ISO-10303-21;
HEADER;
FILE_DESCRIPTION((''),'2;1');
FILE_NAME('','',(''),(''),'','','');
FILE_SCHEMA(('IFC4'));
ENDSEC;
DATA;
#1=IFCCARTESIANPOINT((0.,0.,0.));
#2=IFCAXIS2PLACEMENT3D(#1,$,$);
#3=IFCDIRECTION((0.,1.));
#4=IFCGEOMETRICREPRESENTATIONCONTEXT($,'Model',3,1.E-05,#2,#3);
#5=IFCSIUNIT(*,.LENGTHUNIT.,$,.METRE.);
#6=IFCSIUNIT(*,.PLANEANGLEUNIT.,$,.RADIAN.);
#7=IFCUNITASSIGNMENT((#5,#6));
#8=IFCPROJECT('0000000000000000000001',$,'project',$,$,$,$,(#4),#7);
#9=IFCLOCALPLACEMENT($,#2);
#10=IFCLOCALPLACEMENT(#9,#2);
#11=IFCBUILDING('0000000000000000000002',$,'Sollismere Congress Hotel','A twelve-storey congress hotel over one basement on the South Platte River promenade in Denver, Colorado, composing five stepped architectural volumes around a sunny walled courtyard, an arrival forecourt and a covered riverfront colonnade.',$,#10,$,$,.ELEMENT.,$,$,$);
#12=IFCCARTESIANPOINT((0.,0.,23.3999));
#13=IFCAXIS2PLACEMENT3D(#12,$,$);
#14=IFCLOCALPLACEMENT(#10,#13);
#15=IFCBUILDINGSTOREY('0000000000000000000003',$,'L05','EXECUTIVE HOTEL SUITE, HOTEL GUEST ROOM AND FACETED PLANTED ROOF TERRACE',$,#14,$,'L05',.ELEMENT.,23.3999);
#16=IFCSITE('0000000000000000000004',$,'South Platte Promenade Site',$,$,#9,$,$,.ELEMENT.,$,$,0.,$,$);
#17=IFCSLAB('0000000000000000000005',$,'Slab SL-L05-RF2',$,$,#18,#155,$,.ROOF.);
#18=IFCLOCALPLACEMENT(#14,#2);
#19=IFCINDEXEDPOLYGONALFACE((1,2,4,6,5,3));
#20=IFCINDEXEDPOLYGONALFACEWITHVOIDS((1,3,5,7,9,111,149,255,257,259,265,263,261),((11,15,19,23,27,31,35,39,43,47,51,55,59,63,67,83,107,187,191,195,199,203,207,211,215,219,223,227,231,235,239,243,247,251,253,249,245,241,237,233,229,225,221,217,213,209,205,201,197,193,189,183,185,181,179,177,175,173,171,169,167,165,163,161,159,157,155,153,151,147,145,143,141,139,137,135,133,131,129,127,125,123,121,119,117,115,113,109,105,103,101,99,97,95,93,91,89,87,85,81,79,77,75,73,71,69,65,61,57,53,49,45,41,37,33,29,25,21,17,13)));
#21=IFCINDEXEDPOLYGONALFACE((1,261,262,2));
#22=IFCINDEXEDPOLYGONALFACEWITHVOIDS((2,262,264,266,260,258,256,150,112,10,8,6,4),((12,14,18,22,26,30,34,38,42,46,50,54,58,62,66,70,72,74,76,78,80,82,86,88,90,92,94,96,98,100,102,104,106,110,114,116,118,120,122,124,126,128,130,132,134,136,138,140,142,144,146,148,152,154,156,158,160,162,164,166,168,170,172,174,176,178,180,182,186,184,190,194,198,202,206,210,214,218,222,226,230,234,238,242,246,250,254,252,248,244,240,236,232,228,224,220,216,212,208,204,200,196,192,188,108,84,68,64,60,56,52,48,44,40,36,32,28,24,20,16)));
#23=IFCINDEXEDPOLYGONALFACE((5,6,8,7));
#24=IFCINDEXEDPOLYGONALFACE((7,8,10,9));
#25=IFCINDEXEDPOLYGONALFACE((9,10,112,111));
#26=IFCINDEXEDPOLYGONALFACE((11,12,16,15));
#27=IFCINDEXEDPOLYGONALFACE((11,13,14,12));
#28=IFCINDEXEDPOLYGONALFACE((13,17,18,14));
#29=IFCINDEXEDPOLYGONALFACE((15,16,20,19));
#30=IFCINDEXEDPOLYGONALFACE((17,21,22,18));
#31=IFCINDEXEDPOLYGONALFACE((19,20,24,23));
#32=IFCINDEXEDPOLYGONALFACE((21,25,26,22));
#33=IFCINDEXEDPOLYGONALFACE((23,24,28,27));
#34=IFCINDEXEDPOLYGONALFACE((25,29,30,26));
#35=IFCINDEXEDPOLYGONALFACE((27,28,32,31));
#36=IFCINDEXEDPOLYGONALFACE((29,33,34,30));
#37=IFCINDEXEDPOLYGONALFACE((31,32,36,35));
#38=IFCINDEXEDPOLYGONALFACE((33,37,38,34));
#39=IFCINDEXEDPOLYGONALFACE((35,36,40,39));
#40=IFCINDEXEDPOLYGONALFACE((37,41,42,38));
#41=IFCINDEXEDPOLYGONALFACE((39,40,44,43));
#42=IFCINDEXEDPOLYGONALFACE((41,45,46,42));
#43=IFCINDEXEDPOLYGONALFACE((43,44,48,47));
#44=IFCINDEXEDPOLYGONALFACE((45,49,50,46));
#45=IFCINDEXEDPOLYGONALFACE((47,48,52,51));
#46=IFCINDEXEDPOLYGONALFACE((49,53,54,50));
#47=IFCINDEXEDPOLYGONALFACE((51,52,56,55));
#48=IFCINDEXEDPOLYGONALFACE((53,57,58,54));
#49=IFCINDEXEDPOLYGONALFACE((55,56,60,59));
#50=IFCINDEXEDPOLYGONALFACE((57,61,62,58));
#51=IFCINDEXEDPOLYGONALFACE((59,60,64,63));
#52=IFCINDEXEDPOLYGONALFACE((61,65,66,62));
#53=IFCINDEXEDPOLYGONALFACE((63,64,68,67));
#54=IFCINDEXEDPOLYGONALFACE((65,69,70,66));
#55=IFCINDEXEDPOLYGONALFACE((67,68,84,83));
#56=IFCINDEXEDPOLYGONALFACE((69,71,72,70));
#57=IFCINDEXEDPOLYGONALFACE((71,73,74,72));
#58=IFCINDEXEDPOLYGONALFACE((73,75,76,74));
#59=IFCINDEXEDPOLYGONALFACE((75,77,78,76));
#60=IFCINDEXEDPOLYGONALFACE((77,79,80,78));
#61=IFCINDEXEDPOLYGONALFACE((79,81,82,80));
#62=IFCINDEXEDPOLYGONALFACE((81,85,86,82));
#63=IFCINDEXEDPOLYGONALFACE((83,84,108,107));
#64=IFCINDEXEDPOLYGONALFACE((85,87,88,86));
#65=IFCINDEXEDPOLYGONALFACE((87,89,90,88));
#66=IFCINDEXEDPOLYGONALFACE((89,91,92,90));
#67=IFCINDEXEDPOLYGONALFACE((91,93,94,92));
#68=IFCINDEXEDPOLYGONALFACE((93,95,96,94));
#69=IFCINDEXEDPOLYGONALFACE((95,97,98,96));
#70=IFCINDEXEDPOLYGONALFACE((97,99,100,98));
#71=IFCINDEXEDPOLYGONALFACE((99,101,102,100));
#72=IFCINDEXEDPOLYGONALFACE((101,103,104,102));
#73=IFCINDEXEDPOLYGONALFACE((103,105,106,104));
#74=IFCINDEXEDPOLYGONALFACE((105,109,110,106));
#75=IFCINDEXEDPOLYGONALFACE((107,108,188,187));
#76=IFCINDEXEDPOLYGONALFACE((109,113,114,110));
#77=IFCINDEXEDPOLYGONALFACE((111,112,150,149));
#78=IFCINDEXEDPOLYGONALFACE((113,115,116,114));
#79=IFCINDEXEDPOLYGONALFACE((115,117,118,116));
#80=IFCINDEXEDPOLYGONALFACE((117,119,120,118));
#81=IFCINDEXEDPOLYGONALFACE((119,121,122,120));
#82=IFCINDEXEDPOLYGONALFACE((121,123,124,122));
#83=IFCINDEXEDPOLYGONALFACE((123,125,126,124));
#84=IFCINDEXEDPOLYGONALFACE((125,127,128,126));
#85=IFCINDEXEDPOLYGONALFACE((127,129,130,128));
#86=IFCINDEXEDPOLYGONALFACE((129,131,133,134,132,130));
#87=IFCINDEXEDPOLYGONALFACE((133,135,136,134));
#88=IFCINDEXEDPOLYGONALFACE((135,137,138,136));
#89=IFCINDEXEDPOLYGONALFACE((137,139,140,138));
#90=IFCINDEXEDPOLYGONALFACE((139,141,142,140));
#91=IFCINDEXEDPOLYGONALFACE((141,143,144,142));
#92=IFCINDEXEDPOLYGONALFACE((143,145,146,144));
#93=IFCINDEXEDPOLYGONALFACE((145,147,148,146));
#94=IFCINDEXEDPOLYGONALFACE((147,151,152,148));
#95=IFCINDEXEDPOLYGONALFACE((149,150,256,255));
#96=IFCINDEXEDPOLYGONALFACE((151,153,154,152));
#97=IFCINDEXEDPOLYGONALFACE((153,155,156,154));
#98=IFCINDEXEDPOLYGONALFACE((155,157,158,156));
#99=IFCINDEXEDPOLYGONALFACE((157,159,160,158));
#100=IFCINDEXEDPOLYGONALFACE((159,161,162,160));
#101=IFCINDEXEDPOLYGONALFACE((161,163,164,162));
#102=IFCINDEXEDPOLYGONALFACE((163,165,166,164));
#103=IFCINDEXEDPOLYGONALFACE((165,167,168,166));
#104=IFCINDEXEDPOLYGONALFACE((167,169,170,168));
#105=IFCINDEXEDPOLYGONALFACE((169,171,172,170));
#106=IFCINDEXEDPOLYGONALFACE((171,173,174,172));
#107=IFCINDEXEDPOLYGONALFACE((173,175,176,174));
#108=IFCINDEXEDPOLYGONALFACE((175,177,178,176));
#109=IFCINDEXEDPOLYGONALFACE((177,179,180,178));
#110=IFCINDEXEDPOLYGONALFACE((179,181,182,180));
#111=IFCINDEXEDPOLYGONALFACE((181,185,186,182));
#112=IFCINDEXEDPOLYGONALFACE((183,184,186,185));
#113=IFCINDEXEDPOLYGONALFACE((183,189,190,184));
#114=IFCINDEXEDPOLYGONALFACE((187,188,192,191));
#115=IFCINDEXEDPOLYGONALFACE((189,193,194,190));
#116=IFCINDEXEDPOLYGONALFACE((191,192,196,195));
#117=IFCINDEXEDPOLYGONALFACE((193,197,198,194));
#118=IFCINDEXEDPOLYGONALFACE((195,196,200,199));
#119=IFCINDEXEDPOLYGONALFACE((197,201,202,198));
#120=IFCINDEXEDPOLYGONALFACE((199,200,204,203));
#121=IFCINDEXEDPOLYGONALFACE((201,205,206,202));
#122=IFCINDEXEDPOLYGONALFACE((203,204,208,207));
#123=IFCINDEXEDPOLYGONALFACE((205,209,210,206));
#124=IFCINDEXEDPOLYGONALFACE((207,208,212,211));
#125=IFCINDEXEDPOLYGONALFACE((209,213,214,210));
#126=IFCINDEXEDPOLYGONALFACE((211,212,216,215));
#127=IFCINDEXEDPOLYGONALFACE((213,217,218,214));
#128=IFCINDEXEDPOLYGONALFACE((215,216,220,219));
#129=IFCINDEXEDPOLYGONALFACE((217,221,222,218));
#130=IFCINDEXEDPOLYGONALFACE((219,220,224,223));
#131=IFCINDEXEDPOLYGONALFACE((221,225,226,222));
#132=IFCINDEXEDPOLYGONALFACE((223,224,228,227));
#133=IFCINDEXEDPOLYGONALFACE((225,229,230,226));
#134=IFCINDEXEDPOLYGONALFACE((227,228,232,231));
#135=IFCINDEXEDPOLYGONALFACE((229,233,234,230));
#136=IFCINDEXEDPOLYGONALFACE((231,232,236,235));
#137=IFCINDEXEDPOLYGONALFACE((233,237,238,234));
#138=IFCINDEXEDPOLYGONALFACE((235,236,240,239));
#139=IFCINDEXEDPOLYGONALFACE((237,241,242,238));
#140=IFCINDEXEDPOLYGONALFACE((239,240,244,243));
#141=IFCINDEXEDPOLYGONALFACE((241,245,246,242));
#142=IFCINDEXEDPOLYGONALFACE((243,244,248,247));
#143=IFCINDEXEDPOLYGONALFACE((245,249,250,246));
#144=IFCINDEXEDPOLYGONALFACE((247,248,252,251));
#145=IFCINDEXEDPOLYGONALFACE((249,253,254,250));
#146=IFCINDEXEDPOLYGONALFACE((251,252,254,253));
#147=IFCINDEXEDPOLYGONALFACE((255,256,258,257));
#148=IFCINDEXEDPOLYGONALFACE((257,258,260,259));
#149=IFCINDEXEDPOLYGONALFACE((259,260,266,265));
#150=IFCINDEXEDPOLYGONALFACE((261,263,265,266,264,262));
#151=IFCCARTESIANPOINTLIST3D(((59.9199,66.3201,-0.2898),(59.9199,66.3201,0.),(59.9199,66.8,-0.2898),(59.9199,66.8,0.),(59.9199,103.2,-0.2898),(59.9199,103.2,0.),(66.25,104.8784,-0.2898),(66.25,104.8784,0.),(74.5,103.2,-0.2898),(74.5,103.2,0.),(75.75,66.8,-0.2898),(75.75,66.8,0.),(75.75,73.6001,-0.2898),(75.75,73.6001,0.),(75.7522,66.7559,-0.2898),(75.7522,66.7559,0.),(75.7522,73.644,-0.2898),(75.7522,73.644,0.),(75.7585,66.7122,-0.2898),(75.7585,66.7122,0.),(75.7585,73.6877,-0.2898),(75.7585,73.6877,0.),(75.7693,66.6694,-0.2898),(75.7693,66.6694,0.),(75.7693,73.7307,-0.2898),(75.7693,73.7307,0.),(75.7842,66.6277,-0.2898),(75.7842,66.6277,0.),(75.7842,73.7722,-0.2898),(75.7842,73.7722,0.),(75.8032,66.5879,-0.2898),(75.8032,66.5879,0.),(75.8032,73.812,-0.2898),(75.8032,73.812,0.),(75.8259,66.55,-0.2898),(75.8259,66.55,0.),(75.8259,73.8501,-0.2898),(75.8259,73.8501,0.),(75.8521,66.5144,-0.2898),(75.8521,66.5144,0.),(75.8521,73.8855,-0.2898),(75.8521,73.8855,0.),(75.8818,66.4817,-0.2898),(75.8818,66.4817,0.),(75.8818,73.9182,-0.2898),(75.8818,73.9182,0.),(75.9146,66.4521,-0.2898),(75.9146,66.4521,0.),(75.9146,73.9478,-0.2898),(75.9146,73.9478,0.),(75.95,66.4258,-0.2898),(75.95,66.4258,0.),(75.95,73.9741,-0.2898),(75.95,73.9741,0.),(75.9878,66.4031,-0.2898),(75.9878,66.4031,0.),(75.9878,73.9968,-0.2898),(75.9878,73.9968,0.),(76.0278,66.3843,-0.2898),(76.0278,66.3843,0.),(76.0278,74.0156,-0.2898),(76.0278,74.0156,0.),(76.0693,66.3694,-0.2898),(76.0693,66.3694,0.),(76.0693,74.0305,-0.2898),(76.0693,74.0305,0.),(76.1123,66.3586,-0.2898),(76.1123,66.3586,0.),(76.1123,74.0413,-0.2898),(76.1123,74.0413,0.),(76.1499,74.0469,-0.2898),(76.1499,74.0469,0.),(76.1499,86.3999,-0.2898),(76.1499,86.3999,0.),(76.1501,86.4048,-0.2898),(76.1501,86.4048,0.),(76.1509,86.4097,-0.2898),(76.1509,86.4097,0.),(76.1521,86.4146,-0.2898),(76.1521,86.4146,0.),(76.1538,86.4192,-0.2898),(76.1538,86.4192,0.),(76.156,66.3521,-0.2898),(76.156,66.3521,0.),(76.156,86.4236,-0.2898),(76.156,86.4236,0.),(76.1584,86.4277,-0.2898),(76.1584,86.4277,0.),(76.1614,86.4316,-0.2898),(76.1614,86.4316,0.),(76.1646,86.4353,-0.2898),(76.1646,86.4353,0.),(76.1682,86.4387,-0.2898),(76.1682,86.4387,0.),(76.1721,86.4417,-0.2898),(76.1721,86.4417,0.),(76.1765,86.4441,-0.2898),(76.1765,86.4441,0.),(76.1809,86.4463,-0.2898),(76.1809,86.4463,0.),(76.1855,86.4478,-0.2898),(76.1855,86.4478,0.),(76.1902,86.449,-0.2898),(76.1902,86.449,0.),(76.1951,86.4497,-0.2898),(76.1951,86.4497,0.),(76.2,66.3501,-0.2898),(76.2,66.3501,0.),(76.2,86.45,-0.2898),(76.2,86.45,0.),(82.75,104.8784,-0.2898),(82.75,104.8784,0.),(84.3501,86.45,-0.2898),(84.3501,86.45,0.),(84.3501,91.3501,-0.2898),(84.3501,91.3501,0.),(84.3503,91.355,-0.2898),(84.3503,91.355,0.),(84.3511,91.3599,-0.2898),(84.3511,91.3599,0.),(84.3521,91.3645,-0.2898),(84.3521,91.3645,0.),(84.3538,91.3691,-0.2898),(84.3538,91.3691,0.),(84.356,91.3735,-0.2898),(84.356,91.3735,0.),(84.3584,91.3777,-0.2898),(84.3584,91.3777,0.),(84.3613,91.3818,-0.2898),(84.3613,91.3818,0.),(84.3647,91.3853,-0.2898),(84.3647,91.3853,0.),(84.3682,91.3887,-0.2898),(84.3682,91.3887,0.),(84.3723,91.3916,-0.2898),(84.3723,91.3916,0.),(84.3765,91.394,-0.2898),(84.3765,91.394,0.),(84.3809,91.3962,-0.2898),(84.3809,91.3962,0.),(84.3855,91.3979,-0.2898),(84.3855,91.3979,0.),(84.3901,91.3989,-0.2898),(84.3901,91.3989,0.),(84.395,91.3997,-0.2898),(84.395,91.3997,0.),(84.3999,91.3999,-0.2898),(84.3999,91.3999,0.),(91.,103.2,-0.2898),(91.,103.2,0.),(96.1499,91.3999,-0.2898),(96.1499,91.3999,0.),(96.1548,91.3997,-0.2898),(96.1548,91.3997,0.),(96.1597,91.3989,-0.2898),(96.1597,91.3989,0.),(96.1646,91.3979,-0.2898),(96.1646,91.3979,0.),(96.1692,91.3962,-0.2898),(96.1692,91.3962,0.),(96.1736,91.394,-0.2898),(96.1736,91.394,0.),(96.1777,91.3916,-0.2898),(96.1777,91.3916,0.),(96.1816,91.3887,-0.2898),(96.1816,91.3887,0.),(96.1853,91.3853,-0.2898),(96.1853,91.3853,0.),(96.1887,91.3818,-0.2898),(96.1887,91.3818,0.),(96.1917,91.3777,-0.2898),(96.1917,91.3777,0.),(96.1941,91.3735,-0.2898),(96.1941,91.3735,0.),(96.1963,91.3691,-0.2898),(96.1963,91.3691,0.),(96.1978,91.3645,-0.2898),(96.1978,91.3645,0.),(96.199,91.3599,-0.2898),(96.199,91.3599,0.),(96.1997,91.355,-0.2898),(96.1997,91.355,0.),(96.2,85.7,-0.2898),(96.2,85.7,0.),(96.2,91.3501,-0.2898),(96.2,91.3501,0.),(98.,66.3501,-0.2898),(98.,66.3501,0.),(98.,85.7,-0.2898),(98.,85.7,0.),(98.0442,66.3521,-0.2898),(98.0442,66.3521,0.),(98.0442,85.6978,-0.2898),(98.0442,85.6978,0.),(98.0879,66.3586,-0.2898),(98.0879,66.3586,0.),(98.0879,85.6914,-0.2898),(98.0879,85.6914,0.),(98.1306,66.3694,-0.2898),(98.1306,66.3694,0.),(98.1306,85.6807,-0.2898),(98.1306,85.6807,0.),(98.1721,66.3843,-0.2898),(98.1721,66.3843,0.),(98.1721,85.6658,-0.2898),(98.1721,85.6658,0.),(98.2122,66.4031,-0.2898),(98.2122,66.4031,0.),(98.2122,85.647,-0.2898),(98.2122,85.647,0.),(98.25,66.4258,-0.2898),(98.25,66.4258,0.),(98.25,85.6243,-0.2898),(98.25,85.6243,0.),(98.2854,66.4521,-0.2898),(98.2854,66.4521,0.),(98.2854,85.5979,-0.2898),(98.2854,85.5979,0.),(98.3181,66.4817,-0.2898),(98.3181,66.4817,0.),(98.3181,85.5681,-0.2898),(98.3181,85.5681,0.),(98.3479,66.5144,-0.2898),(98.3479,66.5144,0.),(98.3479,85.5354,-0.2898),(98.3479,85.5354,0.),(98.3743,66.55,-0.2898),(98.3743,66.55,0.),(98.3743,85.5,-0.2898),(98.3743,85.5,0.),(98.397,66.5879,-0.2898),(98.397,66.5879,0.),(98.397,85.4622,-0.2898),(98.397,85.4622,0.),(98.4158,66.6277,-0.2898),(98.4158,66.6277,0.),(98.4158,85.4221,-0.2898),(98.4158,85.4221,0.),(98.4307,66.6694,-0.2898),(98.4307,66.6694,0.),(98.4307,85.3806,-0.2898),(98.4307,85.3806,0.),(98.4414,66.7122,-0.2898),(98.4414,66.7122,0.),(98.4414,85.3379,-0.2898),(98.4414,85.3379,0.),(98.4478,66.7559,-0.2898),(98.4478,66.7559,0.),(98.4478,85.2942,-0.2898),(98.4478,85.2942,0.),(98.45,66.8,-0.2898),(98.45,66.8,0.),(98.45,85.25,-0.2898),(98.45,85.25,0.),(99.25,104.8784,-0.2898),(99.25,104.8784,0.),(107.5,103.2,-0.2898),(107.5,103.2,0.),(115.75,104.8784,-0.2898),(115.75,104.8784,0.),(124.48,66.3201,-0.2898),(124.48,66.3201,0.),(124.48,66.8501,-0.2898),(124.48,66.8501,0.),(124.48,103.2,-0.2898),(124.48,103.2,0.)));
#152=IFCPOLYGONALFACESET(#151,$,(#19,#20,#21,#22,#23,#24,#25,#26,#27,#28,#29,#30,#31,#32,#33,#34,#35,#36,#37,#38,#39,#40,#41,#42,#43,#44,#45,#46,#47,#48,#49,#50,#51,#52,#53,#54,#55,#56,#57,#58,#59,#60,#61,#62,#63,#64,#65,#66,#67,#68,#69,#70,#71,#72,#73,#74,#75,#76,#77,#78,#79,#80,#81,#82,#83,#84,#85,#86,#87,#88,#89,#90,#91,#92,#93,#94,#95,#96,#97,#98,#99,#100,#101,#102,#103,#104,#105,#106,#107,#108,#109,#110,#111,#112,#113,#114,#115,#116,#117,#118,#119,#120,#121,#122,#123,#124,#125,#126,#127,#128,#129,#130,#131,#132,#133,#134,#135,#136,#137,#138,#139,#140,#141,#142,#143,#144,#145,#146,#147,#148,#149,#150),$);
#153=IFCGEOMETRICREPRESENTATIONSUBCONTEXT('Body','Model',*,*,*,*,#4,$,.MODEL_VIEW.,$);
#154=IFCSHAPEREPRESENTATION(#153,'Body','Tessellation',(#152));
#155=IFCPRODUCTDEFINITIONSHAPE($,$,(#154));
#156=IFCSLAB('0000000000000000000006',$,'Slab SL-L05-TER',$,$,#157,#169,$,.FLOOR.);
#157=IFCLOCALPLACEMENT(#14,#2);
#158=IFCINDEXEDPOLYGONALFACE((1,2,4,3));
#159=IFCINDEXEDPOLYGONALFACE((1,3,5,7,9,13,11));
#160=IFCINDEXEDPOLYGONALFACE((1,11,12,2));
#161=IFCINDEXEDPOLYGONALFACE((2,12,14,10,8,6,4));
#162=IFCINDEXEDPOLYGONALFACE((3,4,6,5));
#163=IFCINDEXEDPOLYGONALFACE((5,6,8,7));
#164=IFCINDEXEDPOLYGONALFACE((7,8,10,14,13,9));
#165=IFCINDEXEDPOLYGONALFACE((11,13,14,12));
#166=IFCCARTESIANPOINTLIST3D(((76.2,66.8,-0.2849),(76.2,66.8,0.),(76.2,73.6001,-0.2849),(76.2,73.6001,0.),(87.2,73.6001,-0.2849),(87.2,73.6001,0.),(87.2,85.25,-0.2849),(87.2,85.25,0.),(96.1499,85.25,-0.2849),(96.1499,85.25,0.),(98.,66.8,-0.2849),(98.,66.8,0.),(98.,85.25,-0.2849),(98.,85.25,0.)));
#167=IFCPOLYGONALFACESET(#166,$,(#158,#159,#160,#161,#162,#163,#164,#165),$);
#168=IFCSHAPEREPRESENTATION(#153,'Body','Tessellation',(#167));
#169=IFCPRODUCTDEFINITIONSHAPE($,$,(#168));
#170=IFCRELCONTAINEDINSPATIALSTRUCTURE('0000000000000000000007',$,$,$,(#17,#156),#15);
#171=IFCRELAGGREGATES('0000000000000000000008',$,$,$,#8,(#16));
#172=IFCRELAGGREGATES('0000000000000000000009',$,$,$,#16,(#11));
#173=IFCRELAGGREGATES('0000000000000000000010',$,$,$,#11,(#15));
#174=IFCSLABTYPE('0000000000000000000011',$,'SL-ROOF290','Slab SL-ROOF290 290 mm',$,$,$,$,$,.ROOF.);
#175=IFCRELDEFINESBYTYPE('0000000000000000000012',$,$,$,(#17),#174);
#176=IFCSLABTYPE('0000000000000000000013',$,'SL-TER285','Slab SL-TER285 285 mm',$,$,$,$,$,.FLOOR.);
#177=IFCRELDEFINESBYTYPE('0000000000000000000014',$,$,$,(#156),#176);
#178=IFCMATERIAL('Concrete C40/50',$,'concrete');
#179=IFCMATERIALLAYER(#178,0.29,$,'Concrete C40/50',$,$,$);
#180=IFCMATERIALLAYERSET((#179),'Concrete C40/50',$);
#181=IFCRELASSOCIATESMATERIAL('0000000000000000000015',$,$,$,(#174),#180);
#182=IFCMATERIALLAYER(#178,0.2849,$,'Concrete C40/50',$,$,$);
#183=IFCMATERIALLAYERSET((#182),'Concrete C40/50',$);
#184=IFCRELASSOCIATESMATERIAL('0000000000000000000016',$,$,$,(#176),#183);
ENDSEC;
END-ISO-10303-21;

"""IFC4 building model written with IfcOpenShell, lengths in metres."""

from ifc_helpers import new_model, si_unit, direction, frame, origin, place, context, subcontext, project, spatial, polyline, outline, extrude, material, layer, layer_set, type_object, element, save


model = new_model("IFC4")

# Units and contexts
model_context = context("Model", 3, precision=1e-05, world=origin(), true_north=direction((0.0, 1.0)))
body_context = subcontext(model_context, "Body", "Model", "MODEL_VIEW")
ifc_project = project(units=[si_unit("LENGTHUNIT", "METRE"), si_unit("PLANEANGLEUNIT", "RADIAN")], contexts=[model_context])

# Site, building, storey
site_placement = place(None, origin())
site = spatial("IfcSite", under=ifc_project, at=site_placement, Name="South Platte Promenade Site", CompositionType="ELEMENT", RefElevation=0.0)
building_placement = place(site_placement, origin())
building = spatial("IfcBuilding", under=site, at=building_placement, Name="Sollismere Congress Hotel", Description="A twelve-storey congress hotel over one basement on the South Platte River promenade in Denver, Colorado, composing five stepped architectural volumes around a sunny walled courtyard, an arrival forecourt and a covered riverfront colonnade.", CompositionType="ELEMENT")
storey_placement = place(building_placement, frame((0.0, 0.0, 23.3999)))
storey = spatial("IfcBuildingStorey", under=building, at=storey_placement, Name="L05", Description="EXECUTIVE HOTEL SUITE, HOTEL GUEST ROOM AND FACETED PLANTED ROOF TERRACE", LongName="L05", CompositionType="ELEMENT", Elevation=23.3999)

# Shared definitions
ifc_material_1 = material(Name="Concrete C40/50", Category="concrete")

# Slabs
ifc_layer_1 = layer(ifc_material_1, 0.29, Name="Concrete C40/50")
ifc_layer_set_1 = layer_set([ifc_layer_1], Name="Concrete C40/50")
slab_type_1 = type_object("IfcSlabType", Name="SL-ROOF290", Description="Slab SL-ROOF290 290 mm", PredefinedType="ROOF", material=ifc_layer_set_1)
slab_1_placement = place(storey_placement, frame((0.0, 0.0, -0.2898)))
element("IfcSlab", 1, at=slab_1_placement, inside=storey, type_object=slab_type_1, Name="Slab SL-L05-RF2", PredefinedType="ROOF", context=body_context, shape_type="SweptSolid", body=[
    extrude(outline(polyline([(59.9199, 66.3201), (124.48, 66.3201), (124.48, 66.8501), (124.48, 103.2), (115.75, 104.8784), (107.5, 103.2), (99.25, 104.8784), (91.0, 103.2), (82.75, 104.8784), (74.5, 103.2), (66.25, 104.8784), (59.9199, 103.2), (59.9199, 66.8), (59.9199, 66.3201)]), holes=[polyline([(76.1499, 74.0469), (76.1499, 86.3999), (76.1501, 86.4048), (76.1509, 86.4097), (76.1521, 86.4146), (76.1538, 86.4192), (76.156, 86.4236), (76.1584, 86.4277), (76.1614, 86.4316), (76.1646, 86.4353), (76.1682, 86.4387), (76.1721, 86.4417), (76.1765, 86.4441), (76.1809, 86.4463), (76.1855, 86.4478), (76.1902, 86.449), (76.1951, 86.4497), (76.2, 86.45), (84.3501, 86.45), (84.3501, 91.3501), (84.3503, 91.355), (84.3511, 91.3599), (84.3521, 91.3645), (84.3538, 91.3691), (84.356, 91.3735), (84.3584, 91.3777), (84.3613, 91.3818), (84.3647, 91.3853), (84.3682, 91.3887), (84.3723, 91.3916), (84.3765, 91.394), (84.3809, 91.3962), (84.3855, 91.3979), (84.3901, 91.3989), (84.395, 91.3997), (84.3999, 91.3999), (96.1499, 91.3999), (96.1548, 91.3997), (96.1597, 91.3989), (96.1646, 91.3979), (96.1692, 91.3962), (96.1736, 91.394), (96.1777, 91.3916), (96.1816, 91.3887), (96.1853, 91.3853), (96.1887, 91.3818), (96.1917, 91.3777), (96.1941, 91.3735), (96.1963, 91.3691), (96.1978, 91.3645), (96.199, 91.3599), (96.1997, 91.355), (96.2, 91.3501), (96.2, 85.7), (98.0, 85.7), (98.0442, 85.6978), (98.0879, 85.6914), (98.1306, 85.6807), (98.1721, 85.6658), (98.2122, 85.647), (98.25, 85.6243), (98.2854, 85.5979), (98.3181, 85.5681), (98.3479, 85.5354), (98.3743, 85.5), (98.397, 85.4622), (98.4158, 85.4221), (98.4307, 85.3806), (98.4414, 85.3379), (98.4478, 85.2942), (98.45, 85.25), (98.45, 66.8), (98.4478, 66.7559), (98.4414, 66.7122), (98.4307, 66.6694), (98.4158, 66.6277), (98.397, 66.5879), (98.3743, 66.55), (98.3479, 66.5144), (98.3181, 66.4817), (98.2854, 66.4521), (98.25, 66.4258), (98.2122, 66.4031), (98.1721, 66.3843), (98.1306, 66.3694), (98.0879, 66.3586), (98.0442, 66.3521), (98.0, 66.3501), (76.2, 66.3501), (76.156, 66.3521), (76.1123, 66.3586), (76.0693, 66.3694), (76.0278, 66.3843), (75.9878, 66.4031), (75.95, 66.4258), (75.9146, 66.4521), (75.8818, 66.4817), (75.8521, 66.5144), (75.8259, 66.55), (75.8032, 66.5879), (75.7842, 66.6277), (75.7693, 66.6694), (75.7585, 66.7122), (75.7522, 66.7559), (75.75, 66.8), (75.75, 73.6001), (75.7522, 73.644), (75.7585, 73.6877), (75.7693, 73.7307), (75.7842, 73.7722), (75.8032, 73.812), (75.8259, 73.8501), (75.8521, 73.8855), (75.8818, 73.9182), (75.9146, 73.9478), (75.95, 73.9741), (75.9878, 73.9968), (76.0278, 74.0156), (76.0693, 74.0305), (76.1123, 74.0413), (76.1499, 74.0469)])]), origin(), (0.0, 0.0, 1.0), 0.2898),
])
ifc_layer_2 = layer(ifc_material_1, 0.2849, Name="Concrete C40/50")
ifc_layer_set_2 = layer_set([ifc_layer_2], Name="Concrete C40/50")
slab_type_2 = type_object("IfcSlabType", Name="SL-TER285", Description="Slab SL-TER285 285 mm", PredefinedType="FLOOR", material=ifc_layer_set_2)
slab_2_placement = place(storey_placement, frame((0.0, 0.0, -0.2849)))
element("IfcSlab", 2, at=slab_2_placement, inside=storey, type_object=slab_type_2, Name="Slab SL-L05-TER", PredefinedType="FLOOR", context=body_context, shape_type="SweptSolid", body=[
    extrude(outline(polyline([(96.1499, 85.25), (87.2, 85.25), (87.2, 73.6001), (76.2, 73.6001), (76.2, 66.8), (98.0, 66.8), (98.0, 85.25), (96.1499, 85.25)])), origin(), (0.0, 0.0, 1.0), 0.2849),
])

save(model, "model.ifc")
